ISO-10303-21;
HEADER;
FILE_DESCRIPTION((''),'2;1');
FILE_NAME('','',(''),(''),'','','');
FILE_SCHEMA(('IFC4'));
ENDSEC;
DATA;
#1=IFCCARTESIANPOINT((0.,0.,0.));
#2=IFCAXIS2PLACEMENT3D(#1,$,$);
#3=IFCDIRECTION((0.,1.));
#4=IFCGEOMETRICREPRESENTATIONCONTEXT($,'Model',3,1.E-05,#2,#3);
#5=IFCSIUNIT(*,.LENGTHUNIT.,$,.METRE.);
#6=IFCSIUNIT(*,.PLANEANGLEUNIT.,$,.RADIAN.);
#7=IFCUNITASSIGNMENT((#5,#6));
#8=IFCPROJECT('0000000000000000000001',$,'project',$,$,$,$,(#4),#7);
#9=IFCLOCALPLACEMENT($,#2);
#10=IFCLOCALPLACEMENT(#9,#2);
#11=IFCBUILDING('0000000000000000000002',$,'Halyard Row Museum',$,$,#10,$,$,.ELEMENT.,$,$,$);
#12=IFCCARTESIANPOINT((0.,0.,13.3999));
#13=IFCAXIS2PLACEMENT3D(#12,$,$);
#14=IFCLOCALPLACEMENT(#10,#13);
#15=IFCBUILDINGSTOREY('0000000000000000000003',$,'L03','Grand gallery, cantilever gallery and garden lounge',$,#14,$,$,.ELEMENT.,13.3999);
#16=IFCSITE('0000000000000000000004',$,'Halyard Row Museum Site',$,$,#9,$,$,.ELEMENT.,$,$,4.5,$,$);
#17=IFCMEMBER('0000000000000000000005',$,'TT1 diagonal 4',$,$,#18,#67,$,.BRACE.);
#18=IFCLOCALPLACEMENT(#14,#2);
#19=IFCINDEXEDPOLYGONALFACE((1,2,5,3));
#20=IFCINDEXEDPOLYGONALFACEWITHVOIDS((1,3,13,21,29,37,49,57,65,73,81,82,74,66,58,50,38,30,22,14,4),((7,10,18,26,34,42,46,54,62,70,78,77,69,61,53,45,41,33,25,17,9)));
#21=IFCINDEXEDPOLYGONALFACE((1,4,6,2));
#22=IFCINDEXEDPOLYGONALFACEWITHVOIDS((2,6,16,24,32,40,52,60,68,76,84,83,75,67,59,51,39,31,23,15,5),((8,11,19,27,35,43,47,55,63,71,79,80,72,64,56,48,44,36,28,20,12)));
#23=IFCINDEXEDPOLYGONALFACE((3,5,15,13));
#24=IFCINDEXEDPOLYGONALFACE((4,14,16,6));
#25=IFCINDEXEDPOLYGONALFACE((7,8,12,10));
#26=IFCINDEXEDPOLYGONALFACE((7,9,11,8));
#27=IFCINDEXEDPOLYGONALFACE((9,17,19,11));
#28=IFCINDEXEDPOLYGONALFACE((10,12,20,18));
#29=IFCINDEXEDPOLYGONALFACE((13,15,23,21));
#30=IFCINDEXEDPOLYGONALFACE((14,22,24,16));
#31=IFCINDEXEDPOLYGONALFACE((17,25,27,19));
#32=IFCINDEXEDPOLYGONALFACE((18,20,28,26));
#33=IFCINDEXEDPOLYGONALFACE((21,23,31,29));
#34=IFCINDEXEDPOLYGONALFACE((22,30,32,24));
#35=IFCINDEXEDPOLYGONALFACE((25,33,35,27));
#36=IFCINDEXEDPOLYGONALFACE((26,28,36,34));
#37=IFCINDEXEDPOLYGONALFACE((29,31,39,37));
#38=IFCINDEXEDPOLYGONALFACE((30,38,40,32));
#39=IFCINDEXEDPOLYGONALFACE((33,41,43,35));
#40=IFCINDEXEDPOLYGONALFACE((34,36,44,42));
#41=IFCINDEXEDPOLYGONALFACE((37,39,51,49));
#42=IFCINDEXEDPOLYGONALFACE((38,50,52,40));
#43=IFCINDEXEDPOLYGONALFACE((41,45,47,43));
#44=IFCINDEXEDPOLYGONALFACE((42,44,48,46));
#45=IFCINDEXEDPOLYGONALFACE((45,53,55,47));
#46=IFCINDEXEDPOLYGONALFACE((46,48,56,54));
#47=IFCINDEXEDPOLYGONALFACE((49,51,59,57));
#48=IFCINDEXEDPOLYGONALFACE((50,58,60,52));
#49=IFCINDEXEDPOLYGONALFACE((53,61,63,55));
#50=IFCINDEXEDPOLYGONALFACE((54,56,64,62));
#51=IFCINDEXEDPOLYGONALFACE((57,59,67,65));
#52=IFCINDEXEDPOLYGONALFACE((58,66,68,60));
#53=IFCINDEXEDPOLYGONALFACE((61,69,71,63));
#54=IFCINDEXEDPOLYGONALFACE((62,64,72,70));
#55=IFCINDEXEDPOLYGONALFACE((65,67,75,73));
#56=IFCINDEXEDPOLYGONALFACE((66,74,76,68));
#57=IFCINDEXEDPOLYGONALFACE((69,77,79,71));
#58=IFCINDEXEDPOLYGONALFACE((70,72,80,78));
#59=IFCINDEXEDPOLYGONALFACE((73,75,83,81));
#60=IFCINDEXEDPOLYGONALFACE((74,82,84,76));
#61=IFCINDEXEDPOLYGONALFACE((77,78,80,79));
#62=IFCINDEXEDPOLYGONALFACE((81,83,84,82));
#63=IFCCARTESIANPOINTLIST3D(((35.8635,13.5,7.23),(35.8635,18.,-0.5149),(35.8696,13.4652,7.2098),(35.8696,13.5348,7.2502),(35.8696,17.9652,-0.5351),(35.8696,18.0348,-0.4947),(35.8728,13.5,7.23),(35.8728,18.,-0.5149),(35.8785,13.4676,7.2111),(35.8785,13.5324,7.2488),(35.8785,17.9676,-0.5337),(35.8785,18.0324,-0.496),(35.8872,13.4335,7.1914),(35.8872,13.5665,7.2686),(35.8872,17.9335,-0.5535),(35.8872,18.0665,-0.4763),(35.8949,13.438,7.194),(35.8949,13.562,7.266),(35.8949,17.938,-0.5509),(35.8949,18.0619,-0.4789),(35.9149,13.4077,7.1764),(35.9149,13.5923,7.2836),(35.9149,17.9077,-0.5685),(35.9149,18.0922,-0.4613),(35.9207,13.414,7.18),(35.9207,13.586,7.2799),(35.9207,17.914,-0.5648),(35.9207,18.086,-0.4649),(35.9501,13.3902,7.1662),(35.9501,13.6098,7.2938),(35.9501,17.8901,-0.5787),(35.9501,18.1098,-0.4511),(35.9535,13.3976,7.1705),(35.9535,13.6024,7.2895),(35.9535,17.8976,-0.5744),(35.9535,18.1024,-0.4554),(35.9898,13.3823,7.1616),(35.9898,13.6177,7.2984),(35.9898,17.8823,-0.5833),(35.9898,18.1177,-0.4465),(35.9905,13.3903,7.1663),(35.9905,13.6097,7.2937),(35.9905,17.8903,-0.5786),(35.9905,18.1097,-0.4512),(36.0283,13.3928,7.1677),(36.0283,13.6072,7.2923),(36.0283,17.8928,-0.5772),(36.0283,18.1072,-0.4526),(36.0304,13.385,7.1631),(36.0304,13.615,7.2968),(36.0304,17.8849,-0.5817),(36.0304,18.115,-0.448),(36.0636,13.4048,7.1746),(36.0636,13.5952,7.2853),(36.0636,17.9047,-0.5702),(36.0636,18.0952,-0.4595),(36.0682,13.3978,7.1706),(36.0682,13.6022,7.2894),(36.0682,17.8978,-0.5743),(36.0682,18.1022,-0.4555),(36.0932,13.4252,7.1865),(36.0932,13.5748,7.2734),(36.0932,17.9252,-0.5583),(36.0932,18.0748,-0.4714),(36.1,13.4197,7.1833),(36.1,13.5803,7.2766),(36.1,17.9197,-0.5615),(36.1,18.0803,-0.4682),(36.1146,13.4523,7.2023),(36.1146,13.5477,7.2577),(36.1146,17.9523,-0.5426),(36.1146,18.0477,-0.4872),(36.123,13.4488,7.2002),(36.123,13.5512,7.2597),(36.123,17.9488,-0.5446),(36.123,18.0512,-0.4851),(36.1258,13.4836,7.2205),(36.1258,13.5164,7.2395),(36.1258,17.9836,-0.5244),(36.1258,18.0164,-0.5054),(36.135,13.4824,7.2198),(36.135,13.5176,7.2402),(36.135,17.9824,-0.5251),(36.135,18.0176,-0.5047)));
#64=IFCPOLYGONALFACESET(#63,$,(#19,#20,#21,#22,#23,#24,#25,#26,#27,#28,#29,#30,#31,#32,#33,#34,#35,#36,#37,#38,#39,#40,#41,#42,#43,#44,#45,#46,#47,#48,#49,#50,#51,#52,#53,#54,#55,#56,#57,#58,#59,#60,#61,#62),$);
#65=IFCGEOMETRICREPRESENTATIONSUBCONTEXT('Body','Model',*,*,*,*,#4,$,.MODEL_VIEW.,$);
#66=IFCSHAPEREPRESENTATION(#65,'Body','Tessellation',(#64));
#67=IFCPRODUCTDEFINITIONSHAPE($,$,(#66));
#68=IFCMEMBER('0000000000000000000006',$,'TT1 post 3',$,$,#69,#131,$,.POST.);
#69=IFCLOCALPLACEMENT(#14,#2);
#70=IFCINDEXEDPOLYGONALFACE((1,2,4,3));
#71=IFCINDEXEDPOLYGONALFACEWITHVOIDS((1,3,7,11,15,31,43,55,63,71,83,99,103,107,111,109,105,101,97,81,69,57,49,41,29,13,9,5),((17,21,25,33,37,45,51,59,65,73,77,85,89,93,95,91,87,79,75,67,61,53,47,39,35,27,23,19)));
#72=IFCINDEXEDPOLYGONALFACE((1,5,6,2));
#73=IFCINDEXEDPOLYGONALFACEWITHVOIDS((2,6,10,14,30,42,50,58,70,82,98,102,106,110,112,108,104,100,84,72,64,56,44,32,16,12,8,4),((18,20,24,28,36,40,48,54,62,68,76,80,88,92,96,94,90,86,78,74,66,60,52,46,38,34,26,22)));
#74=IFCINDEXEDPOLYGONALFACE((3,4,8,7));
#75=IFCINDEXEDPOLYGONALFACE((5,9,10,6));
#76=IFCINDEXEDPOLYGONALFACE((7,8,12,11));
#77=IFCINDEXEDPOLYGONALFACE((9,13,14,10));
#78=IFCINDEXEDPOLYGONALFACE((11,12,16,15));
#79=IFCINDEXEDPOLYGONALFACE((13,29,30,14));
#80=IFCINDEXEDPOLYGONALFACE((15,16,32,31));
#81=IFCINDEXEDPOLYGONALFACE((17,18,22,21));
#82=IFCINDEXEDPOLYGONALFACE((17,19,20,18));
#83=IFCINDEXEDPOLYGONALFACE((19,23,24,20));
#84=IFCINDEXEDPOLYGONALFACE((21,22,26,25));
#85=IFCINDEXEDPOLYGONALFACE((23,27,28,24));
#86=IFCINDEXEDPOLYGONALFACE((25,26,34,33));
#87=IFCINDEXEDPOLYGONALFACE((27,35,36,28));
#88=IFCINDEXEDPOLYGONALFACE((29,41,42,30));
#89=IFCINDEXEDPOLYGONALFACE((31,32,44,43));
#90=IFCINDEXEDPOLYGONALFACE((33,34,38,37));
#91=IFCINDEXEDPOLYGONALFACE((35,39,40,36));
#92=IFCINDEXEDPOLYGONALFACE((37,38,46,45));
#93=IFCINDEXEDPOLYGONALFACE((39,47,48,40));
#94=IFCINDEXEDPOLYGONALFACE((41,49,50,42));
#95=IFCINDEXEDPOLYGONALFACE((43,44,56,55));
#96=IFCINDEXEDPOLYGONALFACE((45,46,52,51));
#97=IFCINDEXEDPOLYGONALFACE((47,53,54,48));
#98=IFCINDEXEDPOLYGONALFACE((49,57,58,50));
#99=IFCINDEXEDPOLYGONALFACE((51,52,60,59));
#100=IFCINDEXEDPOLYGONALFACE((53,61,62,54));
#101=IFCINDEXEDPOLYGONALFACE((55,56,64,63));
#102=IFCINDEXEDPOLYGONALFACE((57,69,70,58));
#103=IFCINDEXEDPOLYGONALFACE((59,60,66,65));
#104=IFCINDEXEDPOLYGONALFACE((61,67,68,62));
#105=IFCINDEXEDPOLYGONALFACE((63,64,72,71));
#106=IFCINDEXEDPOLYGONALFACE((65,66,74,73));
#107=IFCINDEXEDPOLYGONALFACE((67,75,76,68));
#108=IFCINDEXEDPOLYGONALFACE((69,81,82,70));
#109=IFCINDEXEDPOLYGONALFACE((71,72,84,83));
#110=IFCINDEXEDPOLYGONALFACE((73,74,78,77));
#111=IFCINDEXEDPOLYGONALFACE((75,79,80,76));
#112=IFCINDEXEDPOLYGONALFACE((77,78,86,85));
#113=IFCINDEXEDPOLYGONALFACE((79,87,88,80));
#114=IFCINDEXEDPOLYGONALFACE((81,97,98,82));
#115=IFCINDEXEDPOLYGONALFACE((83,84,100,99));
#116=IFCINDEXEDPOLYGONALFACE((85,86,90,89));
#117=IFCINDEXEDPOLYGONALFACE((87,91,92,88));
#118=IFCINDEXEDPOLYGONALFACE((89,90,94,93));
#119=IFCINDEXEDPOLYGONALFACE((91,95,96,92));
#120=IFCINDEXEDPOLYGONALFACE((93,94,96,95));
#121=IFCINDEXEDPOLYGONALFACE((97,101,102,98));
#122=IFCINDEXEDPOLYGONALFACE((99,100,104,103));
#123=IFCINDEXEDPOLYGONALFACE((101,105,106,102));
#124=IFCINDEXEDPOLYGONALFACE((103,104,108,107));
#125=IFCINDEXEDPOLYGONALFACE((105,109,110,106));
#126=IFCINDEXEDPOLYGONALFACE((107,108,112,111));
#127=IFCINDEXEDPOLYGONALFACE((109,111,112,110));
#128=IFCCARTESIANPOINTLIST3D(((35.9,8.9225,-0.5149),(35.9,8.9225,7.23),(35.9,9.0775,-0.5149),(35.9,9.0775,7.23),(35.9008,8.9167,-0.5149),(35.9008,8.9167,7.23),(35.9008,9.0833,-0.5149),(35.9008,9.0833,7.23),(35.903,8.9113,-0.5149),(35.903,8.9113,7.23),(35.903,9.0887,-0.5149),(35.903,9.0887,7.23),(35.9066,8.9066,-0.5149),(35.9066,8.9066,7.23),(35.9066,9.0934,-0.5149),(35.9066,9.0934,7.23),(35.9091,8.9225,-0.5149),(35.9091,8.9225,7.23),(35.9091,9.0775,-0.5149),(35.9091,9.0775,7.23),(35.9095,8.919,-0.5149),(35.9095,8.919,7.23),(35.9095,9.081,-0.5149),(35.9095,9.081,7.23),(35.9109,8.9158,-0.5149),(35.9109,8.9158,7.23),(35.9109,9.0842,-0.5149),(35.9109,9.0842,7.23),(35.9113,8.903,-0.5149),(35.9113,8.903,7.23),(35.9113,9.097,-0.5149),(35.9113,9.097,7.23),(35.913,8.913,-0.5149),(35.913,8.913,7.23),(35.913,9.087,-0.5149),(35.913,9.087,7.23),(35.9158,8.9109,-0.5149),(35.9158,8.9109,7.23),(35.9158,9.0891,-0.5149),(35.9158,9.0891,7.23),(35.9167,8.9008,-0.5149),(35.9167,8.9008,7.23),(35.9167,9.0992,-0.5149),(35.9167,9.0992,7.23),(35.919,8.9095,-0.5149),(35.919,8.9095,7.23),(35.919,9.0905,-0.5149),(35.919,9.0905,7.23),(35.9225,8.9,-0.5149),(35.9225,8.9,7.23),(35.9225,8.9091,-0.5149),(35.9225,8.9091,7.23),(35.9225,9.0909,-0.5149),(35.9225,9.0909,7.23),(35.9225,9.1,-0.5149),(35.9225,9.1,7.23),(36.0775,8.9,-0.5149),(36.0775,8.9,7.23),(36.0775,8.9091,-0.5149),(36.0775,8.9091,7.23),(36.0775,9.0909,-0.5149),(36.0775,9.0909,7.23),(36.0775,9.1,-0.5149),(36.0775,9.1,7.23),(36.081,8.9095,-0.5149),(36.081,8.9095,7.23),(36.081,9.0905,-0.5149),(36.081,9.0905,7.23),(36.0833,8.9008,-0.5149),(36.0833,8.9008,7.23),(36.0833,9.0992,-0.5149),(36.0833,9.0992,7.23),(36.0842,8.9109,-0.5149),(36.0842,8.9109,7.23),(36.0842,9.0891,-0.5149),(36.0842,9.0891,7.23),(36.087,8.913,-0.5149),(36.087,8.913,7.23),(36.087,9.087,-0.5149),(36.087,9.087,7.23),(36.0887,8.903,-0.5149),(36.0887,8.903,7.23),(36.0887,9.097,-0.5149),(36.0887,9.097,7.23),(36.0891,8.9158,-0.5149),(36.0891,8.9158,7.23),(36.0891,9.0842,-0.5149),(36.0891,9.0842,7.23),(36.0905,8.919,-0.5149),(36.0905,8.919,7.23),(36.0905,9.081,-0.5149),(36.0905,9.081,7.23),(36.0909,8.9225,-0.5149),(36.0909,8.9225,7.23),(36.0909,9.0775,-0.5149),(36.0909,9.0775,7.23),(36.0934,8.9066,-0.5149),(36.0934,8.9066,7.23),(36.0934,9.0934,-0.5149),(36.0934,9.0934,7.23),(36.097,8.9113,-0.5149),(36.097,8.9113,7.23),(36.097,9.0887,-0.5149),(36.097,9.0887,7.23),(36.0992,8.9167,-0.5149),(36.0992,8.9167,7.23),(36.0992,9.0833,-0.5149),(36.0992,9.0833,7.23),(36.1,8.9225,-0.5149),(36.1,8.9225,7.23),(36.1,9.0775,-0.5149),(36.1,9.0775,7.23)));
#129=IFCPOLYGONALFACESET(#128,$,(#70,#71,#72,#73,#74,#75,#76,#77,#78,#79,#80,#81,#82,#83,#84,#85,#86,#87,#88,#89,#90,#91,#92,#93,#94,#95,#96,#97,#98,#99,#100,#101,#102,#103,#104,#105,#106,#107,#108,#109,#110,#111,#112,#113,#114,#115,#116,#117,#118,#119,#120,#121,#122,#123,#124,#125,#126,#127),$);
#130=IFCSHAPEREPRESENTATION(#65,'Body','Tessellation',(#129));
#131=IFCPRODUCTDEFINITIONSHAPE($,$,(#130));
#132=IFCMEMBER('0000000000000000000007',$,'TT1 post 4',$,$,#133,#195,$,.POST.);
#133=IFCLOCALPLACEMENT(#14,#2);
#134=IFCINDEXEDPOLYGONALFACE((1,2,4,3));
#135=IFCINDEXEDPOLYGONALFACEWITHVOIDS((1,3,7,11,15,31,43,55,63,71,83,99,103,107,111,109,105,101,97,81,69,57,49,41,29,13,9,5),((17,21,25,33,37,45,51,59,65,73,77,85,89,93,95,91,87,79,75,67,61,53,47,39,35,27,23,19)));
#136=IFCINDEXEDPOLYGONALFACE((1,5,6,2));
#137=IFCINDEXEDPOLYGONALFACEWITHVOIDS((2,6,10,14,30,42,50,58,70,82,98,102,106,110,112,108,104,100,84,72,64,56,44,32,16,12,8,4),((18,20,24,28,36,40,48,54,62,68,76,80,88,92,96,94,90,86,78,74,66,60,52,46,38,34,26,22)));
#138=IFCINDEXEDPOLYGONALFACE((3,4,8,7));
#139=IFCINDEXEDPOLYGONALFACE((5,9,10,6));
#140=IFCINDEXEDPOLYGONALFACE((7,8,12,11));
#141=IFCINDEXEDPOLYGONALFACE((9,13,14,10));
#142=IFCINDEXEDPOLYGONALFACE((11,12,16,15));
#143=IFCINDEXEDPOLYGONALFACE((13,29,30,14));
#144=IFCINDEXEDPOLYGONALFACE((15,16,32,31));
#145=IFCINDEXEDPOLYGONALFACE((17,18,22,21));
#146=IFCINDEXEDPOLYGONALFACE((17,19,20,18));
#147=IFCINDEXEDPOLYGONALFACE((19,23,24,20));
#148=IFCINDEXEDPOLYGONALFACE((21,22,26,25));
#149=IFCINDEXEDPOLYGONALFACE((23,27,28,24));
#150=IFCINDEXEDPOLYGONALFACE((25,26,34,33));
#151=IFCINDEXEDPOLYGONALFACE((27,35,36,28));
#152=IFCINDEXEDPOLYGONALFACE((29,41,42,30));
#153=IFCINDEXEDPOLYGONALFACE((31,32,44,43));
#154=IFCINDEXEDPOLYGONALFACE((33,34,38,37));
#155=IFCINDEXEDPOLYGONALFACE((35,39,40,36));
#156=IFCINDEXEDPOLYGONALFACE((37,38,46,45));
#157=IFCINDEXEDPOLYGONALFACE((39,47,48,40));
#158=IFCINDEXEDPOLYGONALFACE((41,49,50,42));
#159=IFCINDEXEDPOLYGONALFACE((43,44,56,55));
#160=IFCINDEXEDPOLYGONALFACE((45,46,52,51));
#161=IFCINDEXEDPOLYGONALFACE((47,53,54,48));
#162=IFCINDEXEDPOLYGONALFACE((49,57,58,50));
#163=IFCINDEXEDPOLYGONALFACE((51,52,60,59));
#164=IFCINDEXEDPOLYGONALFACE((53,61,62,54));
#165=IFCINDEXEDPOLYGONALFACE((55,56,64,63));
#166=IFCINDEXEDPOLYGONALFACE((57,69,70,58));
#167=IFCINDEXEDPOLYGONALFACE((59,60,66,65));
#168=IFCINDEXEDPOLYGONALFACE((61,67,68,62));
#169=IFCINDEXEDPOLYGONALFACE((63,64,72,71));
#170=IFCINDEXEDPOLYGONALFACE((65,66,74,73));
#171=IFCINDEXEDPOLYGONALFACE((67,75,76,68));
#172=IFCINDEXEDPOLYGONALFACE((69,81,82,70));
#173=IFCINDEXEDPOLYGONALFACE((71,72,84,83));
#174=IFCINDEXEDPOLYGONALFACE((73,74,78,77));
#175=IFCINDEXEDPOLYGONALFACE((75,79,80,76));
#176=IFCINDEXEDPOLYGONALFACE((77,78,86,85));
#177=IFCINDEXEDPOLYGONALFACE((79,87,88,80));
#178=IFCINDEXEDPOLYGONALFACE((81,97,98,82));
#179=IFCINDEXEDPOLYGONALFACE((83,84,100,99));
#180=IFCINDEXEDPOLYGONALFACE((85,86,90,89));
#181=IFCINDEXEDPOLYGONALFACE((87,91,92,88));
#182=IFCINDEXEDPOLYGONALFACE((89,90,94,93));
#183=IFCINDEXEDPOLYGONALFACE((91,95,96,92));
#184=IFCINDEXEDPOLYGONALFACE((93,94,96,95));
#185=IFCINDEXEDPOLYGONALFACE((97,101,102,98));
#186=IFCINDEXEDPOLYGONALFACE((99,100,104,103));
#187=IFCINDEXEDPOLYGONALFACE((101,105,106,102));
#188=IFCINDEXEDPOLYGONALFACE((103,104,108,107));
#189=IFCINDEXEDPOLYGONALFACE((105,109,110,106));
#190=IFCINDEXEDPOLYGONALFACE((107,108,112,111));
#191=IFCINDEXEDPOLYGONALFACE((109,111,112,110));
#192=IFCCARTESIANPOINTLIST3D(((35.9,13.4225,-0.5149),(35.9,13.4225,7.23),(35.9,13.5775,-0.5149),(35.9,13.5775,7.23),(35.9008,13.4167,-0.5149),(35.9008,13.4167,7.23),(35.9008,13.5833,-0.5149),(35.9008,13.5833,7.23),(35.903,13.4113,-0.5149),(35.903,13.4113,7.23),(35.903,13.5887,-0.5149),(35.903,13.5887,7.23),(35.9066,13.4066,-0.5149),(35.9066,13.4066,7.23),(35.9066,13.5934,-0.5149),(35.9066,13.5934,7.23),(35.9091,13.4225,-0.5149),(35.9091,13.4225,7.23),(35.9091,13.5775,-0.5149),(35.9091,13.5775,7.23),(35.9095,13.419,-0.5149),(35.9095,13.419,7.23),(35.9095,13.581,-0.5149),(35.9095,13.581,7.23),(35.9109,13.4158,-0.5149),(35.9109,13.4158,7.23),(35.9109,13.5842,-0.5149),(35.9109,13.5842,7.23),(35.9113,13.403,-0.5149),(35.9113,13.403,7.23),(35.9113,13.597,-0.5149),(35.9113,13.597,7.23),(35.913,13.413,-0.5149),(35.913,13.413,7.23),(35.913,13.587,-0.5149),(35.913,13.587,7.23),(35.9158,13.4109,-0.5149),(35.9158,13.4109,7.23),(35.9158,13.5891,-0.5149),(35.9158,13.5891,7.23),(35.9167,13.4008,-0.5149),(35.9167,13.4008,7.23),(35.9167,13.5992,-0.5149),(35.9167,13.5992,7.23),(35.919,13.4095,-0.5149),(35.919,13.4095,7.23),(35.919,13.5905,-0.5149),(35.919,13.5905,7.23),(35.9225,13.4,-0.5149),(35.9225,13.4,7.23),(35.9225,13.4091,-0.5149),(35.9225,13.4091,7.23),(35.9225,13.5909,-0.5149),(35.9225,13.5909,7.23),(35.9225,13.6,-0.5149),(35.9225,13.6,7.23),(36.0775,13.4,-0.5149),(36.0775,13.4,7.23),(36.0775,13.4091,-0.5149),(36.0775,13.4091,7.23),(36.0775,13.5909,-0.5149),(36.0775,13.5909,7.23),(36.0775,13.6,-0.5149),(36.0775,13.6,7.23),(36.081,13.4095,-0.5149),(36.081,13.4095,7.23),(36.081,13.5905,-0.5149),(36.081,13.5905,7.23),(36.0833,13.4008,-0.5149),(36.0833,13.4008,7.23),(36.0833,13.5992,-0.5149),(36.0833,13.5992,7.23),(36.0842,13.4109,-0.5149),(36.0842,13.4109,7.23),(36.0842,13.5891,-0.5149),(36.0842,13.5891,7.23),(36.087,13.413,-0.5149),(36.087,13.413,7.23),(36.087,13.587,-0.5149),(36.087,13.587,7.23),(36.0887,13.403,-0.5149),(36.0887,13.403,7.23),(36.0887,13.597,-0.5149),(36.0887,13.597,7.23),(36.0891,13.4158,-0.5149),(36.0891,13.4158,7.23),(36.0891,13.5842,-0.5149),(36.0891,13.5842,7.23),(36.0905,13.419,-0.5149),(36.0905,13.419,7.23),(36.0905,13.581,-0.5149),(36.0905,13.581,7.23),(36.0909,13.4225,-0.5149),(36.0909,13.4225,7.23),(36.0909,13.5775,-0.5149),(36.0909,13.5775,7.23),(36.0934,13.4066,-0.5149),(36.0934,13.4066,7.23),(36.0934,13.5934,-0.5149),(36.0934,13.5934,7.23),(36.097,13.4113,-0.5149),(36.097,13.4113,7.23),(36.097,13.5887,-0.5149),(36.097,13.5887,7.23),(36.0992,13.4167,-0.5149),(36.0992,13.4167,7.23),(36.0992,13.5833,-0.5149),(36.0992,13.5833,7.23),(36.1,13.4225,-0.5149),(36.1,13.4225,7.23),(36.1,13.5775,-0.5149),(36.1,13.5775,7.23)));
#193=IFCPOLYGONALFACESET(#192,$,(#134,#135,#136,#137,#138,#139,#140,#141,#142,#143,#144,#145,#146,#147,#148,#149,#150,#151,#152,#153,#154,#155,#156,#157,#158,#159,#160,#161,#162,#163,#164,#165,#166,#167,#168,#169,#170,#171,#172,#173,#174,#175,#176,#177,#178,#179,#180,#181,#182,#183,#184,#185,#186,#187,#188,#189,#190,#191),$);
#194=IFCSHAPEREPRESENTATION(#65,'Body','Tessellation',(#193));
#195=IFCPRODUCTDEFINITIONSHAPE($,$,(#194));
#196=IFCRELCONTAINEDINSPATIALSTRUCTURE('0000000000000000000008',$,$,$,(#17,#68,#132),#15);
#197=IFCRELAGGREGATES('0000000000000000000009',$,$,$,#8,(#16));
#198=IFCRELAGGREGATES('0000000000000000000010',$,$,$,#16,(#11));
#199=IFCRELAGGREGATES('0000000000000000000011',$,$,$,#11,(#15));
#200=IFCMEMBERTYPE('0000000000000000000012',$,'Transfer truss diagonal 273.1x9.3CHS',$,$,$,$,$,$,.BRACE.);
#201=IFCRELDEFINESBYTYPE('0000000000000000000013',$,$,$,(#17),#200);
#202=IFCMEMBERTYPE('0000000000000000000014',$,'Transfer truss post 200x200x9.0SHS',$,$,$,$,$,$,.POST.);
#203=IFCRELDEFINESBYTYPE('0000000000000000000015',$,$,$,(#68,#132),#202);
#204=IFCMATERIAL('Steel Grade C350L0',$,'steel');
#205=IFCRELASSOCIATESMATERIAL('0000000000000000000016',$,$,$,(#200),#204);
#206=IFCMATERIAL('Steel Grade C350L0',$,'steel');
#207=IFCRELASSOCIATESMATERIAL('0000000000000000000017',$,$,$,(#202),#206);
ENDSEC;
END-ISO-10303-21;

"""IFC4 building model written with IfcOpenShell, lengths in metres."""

from ifc_helpers import new_model, si_unit, direction, frame, origin, origin_2d, place, context, subcontext, project, spatial, hollow_rectangle, hollow_circle, extrude, material, material_profile, profile_set, type_object, element, save


model = new_model("IFC4")

# Units and contexts
model_context = context("Model", 3, precision=1e-05, world=origin(), true_north=direction((0.0, 1.0)))
body_context = subcontext(model_context, "Body", "Model", "MODEL_VIEW")
ifc_project = project(units=[si_unit("LENGTHUNIT", "METRE"), si_unit("PLANEANGLEUNIT", "RADIAN")], contexts=[model_context])

# Site, building, storey
site_placement = place(None, origin())
site = spatial("IfcSite", under=ifc_project, at=site_placement, Name="Halyard Row Museum Site", CompositionType="ELEMENT", RefElevation=4.5)
building_placement = place(site_placement, origin())
building = spatial("IfcBuilding", under=site, at=building_placement, Name="Halyard Row Museum", CompositionType="ELEMENT")
storey_placement = place(building_placement, frame((0.0, 0.0, 13.3999)))
storey = spatial("IfcBuildingStorey", under=building, at=storey_placement, Name="L03", Description="Grand gallery, cantilever gallery and garden lounge", CompositionType="ELEMENT", Elevation=13.3999)

# Members
ifc_material_1 = material(Name="Steel Grade C350L0", Category="steel")
ifc_material_profile_1 = material_profile(ifc_material_1, hollow_circle(Radius=0.1365, WallThickness=0.0093, at=origin_2d()), Name="273.1x9.3CHS")
ifc_profile_set_1 = profile_set([ifc_material_profile_1], Name="Steel Grade C350L0")
member_type_1 = type_object("IfcMemberType", Name="Transfer truss diagonal 273.1x9.3CHS", PredefinedType="BRACE", material=ifc_profile_set_1)
for number, where, z_axis, x_axis, name in (
    (1, (36.0, 13.5, 7.23), (0.0, 0.502384, -0.864645), (-1.0, 0.0, 0.0), "TT1 diagonal 4"),
):
    element("IfcMember", number, at=place(storey_placement, frame(where, z_axis=z_axis, x_axis=x_axis)), inside=storey, type_object=member_type_1, Name=name, PredefinedType="BRACE", context=body_context, shape_type="SweptSolid", body=[
        extrude(hollow_circle(Radius=0.1365, WallThickness=0.0093, at=origin_2d()), origin(), (0.0, 0.0, 1.0), 8.9573),
    ])
ifc_material_2 = material(Name="Steel Grade C350L0", Category="steel")
ifc_material_profile_2 = material_profile(ifc_material_2, hollow_rectangle(XDim=0.2, YDim=0.2, WallThickness=0.009, InnerFilletRadius=0.0134, OuterFilletRadius=0.0225, at=origin_2d()), Name="200x200x9.0SHS")
ifc_profile_set_2 = profile_set([ifc_material_profile_2], Name="Steel Grade C350L0")
member_type_2 = type_object("IfcMemberType", Name="Transfer truss post 200x200x9.0SHS", PredefinedType="POST", material=ifc_profile_set_2)
for number, where, z_axis, x_axis, name in (
    (2, (36.0, 9.0, -0.5149), (0.0, 0.0, 1.0), (1.0, 0.0, 0.0), "TT1 post 3"),
    (3, (36.0, 13.5, -0.5149), (0.0, 0.0, 1.0), (1.0, 0.0, 0.0), "TT1 post 4"),
):
    element("IfcMember", number, at=place(storey_placement, frame(where, z_axis=z_axis, x_axis=x_axis)), inside=storey, type_object=member_type_2, Name=name, PredefinedType="POST", context=body_context, shape_type="SweptSolid", body=[
        extrude(hollow_rectangle(XDim=0.2, YDim=0.2, WallThickness=0.009, InnerFilletRadius=0.0134, OuterFilletRadius=0.0225, at=origin_2d()), origin(), (0.0, 0.0, 1.0), 7.7449),
    ])

save(model, "model.ifc")
